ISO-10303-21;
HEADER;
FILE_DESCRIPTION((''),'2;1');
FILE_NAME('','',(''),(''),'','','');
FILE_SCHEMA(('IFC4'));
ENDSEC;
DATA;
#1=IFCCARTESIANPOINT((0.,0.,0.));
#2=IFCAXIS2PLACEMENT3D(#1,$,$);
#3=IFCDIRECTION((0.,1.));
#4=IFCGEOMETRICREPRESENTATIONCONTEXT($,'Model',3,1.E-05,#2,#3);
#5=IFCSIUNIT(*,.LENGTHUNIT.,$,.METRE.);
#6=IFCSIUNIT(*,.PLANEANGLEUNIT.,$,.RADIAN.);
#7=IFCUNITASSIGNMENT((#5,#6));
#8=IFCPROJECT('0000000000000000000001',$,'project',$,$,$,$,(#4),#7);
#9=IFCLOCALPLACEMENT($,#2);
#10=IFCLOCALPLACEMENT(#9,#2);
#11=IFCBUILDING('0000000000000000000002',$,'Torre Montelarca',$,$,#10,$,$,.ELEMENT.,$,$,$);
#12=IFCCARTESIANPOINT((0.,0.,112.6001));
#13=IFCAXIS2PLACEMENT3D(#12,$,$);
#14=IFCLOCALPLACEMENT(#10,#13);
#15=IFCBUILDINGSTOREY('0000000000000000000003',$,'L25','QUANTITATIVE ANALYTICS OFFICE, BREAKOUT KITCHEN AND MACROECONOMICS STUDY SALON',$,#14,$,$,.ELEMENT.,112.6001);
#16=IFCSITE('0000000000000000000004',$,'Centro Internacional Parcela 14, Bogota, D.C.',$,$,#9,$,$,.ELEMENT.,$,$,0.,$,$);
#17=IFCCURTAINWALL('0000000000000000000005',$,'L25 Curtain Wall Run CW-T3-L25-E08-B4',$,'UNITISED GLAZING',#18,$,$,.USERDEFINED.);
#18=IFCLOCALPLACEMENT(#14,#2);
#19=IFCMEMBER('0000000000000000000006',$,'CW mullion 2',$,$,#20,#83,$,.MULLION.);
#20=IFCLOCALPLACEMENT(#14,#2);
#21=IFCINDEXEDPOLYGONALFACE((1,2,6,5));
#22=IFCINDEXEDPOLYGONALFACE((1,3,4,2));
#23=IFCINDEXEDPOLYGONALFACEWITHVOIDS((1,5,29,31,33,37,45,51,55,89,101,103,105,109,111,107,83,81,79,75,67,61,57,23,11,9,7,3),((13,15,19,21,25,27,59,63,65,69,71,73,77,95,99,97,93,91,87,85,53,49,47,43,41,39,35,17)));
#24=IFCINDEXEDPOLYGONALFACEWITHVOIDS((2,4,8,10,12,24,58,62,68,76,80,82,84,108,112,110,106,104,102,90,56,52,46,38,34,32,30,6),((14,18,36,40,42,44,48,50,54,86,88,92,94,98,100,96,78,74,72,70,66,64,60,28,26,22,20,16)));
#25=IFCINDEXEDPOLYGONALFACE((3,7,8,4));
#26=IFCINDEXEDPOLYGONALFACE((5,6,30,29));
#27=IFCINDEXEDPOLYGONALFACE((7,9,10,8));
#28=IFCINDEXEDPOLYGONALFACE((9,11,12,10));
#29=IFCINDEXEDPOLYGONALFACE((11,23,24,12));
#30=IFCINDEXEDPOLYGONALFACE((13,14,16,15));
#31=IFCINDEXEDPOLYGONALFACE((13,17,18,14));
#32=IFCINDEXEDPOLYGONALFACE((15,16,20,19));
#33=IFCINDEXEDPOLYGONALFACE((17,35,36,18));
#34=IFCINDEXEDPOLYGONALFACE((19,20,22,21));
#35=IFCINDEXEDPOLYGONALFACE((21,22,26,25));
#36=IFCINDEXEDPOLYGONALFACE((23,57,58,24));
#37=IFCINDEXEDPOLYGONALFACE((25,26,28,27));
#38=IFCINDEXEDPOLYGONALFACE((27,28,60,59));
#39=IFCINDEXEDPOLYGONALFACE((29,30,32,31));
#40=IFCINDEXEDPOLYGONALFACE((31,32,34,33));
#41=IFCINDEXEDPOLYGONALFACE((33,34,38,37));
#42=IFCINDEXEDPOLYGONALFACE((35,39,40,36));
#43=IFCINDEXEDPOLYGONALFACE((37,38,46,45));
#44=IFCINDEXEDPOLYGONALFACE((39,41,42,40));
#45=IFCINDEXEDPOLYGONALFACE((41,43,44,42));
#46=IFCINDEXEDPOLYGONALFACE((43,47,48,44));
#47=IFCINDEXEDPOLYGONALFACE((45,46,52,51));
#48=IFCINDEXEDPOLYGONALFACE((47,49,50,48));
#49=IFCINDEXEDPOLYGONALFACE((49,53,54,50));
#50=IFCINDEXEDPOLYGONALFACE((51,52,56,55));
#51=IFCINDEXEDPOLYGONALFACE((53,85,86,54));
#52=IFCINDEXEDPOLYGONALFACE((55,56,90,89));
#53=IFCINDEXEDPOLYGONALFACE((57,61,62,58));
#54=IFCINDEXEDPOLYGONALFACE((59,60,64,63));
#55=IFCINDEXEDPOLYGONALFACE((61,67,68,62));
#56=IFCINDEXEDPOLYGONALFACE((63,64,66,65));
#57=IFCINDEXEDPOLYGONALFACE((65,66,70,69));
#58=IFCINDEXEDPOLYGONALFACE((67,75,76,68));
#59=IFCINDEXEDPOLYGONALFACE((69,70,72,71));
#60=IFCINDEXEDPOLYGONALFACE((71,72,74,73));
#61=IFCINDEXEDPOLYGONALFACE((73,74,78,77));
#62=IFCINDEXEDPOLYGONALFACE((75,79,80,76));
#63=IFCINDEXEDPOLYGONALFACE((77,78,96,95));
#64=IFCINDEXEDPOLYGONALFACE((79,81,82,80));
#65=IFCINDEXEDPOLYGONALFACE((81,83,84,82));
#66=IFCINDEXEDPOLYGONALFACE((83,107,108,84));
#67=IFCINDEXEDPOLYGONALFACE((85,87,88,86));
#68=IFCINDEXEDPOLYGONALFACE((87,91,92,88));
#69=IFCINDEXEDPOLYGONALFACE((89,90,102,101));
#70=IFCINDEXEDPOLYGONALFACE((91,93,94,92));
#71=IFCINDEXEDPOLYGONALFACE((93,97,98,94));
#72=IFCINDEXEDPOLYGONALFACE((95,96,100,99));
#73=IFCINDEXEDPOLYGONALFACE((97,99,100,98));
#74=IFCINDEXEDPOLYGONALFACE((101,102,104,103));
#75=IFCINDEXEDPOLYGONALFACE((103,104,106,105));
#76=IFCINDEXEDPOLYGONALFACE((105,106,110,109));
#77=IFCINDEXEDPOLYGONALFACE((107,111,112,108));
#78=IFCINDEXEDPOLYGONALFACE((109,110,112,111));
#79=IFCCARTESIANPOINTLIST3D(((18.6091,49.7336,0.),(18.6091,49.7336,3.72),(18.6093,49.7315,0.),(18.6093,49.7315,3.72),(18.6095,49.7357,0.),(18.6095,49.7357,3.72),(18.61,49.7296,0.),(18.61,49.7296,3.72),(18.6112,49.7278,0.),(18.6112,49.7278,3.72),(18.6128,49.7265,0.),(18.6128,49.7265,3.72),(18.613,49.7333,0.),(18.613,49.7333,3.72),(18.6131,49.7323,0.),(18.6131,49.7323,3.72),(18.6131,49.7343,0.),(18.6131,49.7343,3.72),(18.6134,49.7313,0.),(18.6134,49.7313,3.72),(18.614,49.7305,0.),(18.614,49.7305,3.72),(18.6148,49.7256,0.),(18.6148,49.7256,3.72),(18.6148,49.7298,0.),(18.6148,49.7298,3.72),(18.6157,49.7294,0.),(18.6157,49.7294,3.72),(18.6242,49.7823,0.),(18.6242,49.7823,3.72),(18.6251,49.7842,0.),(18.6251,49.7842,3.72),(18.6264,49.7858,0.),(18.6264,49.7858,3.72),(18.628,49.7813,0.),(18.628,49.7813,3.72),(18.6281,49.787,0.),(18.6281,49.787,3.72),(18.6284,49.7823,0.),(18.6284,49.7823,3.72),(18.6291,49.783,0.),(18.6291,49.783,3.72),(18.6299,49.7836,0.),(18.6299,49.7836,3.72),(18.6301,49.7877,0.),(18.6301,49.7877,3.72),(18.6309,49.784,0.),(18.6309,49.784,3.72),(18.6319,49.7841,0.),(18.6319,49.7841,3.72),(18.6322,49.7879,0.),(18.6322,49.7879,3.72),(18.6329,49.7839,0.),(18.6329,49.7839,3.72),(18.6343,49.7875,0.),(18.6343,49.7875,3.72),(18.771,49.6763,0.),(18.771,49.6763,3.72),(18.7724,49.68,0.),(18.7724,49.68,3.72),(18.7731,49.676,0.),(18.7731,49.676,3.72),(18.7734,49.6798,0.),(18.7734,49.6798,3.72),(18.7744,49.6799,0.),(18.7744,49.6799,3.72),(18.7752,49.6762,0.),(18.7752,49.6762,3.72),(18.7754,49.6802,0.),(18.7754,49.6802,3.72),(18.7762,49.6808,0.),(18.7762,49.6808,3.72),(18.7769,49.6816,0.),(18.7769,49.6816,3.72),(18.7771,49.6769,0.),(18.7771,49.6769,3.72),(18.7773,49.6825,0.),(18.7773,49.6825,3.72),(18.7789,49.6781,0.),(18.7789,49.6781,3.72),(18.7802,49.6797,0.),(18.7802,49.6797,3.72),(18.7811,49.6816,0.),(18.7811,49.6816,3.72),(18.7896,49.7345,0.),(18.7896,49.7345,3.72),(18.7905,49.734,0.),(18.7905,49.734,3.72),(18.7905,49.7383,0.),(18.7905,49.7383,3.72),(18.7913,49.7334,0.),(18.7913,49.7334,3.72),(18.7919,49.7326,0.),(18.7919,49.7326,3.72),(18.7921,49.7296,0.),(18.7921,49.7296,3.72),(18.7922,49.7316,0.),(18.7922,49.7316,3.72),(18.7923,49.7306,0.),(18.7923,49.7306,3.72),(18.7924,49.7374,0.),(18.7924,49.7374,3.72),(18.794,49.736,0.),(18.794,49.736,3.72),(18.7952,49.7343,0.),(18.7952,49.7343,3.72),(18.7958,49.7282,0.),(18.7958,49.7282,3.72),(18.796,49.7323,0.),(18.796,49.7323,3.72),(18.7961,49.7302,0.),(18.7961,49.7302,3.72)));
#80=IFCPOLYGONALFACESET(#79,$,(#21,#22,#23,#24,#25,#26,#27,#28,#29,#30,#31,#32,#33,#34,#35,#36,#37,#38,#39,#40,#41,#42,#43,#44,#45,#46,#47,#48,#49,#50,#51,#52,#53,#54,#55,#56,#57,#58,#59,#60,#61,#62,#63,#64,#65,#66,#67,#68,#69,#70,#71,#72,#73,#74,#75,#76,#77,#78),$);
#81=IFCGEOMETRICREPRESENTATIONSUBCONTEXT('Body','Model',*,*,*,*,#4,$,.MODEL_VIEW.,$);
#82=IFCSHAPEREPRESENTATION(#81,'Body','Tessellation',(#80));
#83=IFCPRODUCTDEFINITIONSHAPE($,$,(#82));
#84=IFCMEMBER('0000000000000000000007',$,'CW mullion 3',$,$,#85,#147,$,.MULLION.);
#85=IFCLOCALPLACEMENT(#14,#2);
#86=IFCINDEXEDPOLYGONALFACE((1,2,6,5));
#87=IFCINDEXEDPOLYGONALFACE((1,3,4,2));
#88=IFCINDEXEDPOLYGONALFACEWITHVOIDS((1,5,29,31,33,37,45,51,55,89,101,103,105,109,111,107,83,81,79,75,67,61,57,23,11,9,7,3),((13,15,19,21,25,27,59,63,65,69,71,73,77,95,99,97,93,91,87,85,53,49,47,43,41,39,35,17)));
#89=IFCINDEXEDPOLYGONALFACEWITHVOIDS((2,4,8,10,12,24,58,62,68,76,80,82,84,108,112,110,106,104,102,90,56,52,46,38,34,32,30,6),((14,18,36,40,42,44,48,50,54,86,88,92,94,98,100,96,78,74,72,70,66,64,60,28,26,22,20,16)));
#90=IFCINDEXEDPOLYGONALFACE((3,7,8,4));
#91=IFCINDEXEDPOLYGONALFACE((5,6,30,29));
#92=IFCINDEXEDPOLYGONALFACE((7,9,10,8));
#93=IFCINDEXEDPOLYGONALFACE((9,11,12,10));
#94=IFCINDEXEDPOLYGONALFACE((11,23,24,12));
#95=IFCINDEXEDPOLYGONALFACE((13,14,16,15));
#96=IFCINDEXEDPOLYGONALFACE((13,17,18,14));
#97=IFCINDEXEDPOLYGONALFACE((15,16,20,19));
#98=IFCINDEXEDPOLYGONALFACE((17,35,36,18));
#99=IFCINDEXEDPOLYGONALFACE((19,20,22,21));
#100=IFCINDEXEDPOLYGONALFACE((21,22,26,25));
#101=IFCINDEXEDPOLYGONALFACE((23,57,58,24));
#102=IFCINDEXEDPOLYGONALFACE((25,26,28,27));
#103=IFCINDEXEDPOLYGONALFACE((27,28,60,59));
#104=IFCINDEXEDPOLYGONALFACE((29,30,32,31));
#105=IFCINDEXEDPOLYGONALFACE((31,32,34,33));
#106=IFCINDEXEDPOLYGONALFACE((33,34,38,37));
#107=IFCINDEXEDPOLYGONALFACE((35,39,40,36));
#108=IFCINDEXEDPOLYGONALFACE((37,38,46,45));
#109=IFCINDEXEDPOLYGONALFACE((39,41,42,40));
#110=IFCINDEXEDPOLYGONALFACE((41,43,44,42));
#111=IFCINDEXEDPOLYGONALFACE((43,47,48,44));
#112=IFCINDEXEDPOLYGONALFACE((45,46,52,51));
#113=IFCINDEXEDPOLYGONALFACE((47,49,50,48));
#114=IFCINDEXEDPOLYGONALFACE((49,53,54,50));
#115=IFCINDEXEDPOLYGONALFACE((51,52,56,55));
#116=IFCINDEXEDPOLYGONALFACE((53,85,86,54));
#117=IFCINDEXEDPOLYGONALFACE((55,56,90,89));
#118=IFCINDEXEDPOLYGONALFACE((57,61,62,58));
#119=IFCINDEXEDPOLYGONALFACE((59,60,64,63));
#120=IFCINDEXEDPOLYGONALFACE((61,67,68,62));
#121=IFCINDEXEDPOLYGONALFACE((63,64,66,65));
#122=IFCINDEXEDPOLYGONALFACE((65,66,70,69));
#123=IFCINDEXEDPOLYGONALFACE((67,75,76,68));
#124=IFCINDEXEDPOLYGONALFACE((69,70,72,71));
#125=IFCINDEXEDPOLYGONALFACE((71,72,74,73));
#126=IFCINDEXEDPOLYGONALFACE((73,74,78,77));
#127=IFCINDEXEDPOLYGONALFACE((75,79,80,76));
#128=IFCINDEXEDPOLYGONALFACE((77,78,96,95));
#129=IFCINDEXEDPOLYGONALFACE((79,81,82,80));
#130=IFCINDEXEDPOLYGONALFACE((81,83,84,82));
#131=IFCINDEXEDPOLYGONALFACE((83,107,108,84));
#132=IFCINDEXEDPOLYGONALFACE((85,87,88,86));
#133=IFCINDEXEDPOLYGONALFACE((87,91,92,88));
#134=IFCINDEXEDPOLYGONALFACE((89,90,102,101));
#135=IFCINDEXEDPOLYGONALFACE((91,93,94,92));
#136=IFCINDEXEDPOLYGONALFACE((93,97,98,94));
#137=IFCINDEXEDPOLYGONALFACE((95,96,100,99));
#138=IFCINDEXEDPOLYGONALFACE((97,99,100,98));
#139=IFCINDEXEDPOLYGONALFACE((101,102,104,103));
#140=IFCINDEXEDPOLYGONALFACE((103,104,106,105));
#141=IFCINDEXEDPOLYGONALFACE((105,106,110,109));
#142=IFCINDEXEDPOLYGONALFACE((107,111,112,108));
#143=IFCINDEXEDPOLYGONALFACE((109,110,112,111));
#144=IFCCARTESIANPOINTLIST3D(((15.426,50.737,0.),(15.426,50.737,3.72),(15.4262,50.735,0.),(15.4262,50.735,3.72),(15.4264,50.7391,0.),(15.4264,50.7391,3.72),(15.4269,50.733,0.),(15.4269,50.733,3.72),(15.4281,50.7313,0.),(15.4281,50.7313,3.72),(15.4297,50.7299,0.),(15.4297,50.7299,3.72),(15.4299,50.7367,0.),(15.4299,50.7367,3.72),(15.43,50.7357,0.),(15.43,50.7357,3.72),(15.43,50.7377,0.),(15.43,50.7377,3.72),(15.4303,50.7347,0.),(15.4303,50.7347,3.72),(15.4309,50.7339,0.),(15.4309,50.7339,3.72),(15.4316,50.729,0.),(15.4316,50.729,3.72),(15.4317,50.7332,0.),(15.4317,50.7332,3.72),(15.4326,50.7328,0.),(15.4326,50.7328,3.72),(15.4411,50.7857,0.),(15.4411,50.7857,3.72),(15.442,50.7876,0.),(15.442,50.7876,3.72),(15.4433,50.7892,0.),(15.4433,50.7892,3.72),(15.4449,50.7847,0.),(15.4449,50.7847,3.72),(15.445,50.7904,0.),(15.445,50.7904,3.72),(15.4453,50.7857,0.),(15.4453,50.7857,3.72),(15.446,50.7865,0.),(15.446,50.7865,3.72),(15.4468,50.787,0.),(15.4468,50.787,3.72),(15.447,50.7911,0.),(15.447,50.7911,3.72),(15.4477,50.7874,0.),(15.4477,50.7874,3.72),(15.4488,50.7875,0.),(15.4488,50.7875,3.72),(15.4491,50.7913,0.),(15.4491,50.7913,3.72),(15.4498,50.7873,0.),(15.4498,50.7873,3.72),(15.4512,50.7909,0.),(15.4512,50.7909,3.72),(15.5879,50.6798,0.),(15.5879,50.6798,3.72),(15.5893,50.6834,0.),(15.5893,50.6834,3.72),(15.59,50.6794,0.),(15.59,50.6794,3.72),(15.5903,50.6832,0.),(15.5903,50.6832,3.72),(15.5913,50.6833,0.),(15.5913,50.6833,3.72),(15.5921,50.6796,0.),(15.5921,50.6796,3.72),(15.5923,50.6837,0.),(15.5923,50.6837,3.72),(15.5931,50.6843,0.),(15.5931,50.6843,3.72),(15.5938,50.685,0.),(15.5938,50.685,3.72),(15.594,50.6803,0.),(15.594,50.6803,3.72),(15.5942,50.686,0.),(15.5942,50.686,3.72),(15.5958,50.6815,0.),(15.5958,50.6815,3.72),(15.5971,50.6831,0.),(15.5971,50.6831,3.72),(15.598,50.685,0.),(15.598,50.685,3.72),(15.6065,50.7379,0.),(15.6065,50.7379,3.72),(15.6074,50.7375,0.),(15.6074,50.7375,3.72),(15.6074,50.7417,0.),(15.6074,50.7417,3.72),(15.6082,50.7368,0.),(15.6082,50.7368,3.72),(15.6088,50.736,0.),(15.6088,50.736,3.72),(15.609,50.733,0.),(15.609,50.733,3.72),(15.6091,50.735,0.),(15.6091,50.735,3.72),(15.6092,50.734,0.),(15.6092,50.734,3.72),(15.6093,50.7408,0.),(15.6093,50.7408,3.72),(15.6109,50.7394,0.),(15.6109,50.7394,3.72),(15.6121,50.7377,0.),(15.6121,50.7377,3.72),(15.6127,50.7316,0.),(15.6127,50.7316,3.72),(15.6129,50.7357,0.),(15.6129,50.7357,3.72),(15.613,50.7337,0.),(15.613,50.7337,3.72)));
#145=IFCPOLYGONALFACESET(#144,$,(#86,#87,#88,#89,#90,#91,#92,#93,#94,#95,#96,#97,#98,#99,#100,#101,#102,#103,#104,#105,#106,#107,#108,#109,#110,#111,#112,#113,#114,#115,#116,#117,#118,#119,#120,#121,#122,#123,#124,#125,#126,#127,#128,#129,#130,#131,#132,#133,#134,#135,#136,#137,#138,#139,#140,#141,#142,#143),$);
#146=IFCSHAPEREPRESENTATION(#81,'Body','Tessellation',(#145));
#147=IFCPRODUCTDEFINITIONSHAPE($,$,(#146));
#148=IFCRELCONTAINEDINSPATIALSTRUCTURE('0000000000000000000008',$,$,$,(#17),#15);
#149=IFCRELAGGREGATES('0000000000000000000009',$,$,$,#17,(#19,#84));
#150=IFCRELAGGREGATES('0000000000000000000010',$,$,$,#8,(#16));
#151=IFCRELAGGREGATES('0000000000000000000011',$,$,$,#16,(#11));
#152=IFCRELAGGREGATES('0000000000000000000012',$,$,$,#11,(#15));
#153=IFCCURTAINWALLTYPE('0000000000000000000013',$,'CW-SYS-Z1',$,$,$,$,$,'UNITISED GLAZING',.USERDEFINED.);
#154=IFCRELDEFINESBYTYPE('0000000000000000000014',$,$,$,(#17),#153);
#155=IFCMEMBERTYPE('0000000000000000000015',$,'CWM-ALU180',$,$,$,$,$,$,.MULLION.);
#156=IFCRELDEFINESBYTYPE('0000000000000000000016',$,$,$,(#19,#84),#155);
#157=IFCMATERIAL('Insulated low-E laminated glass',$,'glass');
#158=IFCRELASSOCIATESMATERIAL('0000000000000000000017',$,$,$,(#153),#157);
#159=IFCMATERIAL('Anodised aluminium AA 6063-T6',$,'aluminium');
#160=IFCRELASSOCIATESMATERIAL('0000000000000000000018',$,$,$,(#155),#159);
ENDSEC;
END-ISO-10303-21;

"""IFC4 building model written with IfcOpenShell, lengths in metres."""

from ifc_helpers import new_model, si_unit, direction, frame, origin, origin_2d, place, context, subcontext, project, spatial, hollow_rectangle, extrude, source, transform, mapped, material, material_profile, profile_set, type_object, element, aggregate, save


model = new_model("IFC4")

# Units and contexts
model_context = context("Model", 3, precision=1e-05, world=origin(), true_north=direction((0.0, 1.0)))
body_context = subcontext(model_context, "Body", "Model", "MODEL_VIEW")
ifc_project = project(units=[si_unit("LENGTHUNIT", "METRE"), si_unit("PLANEANGLEUNIT", "RADIAN")], contexts=[model_context])

# Site, building, storey
site_placement = place(None, origin())
site = spatial("IfcSite", under=ifc_project, at=site_placement, Name="Centro Internacional Parcela 14, Bogota, D.C.", CompositionType="ELEMENT", RefElevation=0.0)
building_placement = place(site_placement, origin())
building = spatial("IfcBuilding", under=site, at=building_placement, Name="Torre Montelarca", CompositionType="ELEMENT")
storey_placement = place(building_placement, frame((0.0, 0.0, 112.6001)))
storey = spatial("IfcBuildingStorey", under=building, at=storey_placement, Name="L25", Description="QUANTITATIVE ANALYTICS OFFICE, BREAKOUT KITCHEN AND MACROECONOMICS STUDY SALON", CompositionType="ELEMENT", Elevation=112.6001)

# Curtain wall
ifc_material_1 = material(Name="Insulated low-E laminated glass", Category="glass")
curtain_wall_type = type_object("IfcCurtainWallType", Name="CW-SYS-Z1", ElementType="UNITISED GLAZING", PredefinedType="USERDEFINED", material=ifc_material_1)
curtain_wall_1_placement = place(storey_placement, origin())
curtain_wall_1 = element("IfcCurtainWall", 1, at=curtain_wall_1_placement, inside=storey, type_object=curtain_wall_type, Name="L25 Curtain Wall Run CW-T3-L25-E08-B4", ObjectType="UNITISED GLAZING", PredefinedType="USERDEFINED")
ifc_material_2 = material(Name="Anodised aluminium AA 6063-T6", Category="aluminium")

# Members
ifc_material_profile_1 = material_profile(ifc_material_2, hollow_rectangle(XDim=0.0649, YDim=0.1799, WallThickness=0.0039, InnerFilletRadius=0.0039, OuterFilletRadius=0.0081, at=origin_2d()), Name="ALU65X180X4", Category="aluminium")
ifc_profile_set_1 = profile_set([ifc_material_profile_1], Name="Anodised aluminium AA 6063-T6")
member_type_1 = type_object("IfcMemberType", Name="CWM-ALU180", PredefinedType="MULLION", material=ifc_profile_set_1)
shared_shape_1 = source(origin(), body_context, "Body", "SweptSolid", [
    extrude(hollow_rectangle(XDim=0.0649, YDim=0.1799, WallThickness=0.0039, InnerFilletRadius=0.0039, OuterFilletRadius=0.0081, at=origin_2d()), origin(), (0.0, 0.0, 1.0), 3.72),
])
member_1_placement = place(storey_placement, frame((18.7026, 49.7319, 0.0), z_axis=(0.0, 0.0, 1.0), x_axis=(-0.300696, -0.95372, 0.0)))
member_1 = element("IfcMember", 2, at=member_1_placement, type_object=member_type_1, Name="CW mullion 2", PredefinedType="MULLION", context=body_context, shape_type="MappedRepresentation", body=[
    mapped(shared_shape_1, transform((0.0, 0.0, 0.0), scale=1.0)),
])
member_2_placement = place(storey_placement, frame((15.5195, 50.7354, 0.0), z_axis=(0.0, 0.0, 1.0), x_axis=(-0.300696, -0.95372, 0.0)))
member_2 = element("IfcMember", 3, at=member_2_placement, type_object=member_type_1, Name="CW mullion 3", PredefinedType="MULLION", context=body_context, shape_type="MappedRepresentation", body=[
    mapped(shared_shape_1, transform((0.0, 0.0, 0.0), scale=1.0)),
])

aggregate(curtain_wall_1, [member_1, member_2])

save(model, "model.ifc")
